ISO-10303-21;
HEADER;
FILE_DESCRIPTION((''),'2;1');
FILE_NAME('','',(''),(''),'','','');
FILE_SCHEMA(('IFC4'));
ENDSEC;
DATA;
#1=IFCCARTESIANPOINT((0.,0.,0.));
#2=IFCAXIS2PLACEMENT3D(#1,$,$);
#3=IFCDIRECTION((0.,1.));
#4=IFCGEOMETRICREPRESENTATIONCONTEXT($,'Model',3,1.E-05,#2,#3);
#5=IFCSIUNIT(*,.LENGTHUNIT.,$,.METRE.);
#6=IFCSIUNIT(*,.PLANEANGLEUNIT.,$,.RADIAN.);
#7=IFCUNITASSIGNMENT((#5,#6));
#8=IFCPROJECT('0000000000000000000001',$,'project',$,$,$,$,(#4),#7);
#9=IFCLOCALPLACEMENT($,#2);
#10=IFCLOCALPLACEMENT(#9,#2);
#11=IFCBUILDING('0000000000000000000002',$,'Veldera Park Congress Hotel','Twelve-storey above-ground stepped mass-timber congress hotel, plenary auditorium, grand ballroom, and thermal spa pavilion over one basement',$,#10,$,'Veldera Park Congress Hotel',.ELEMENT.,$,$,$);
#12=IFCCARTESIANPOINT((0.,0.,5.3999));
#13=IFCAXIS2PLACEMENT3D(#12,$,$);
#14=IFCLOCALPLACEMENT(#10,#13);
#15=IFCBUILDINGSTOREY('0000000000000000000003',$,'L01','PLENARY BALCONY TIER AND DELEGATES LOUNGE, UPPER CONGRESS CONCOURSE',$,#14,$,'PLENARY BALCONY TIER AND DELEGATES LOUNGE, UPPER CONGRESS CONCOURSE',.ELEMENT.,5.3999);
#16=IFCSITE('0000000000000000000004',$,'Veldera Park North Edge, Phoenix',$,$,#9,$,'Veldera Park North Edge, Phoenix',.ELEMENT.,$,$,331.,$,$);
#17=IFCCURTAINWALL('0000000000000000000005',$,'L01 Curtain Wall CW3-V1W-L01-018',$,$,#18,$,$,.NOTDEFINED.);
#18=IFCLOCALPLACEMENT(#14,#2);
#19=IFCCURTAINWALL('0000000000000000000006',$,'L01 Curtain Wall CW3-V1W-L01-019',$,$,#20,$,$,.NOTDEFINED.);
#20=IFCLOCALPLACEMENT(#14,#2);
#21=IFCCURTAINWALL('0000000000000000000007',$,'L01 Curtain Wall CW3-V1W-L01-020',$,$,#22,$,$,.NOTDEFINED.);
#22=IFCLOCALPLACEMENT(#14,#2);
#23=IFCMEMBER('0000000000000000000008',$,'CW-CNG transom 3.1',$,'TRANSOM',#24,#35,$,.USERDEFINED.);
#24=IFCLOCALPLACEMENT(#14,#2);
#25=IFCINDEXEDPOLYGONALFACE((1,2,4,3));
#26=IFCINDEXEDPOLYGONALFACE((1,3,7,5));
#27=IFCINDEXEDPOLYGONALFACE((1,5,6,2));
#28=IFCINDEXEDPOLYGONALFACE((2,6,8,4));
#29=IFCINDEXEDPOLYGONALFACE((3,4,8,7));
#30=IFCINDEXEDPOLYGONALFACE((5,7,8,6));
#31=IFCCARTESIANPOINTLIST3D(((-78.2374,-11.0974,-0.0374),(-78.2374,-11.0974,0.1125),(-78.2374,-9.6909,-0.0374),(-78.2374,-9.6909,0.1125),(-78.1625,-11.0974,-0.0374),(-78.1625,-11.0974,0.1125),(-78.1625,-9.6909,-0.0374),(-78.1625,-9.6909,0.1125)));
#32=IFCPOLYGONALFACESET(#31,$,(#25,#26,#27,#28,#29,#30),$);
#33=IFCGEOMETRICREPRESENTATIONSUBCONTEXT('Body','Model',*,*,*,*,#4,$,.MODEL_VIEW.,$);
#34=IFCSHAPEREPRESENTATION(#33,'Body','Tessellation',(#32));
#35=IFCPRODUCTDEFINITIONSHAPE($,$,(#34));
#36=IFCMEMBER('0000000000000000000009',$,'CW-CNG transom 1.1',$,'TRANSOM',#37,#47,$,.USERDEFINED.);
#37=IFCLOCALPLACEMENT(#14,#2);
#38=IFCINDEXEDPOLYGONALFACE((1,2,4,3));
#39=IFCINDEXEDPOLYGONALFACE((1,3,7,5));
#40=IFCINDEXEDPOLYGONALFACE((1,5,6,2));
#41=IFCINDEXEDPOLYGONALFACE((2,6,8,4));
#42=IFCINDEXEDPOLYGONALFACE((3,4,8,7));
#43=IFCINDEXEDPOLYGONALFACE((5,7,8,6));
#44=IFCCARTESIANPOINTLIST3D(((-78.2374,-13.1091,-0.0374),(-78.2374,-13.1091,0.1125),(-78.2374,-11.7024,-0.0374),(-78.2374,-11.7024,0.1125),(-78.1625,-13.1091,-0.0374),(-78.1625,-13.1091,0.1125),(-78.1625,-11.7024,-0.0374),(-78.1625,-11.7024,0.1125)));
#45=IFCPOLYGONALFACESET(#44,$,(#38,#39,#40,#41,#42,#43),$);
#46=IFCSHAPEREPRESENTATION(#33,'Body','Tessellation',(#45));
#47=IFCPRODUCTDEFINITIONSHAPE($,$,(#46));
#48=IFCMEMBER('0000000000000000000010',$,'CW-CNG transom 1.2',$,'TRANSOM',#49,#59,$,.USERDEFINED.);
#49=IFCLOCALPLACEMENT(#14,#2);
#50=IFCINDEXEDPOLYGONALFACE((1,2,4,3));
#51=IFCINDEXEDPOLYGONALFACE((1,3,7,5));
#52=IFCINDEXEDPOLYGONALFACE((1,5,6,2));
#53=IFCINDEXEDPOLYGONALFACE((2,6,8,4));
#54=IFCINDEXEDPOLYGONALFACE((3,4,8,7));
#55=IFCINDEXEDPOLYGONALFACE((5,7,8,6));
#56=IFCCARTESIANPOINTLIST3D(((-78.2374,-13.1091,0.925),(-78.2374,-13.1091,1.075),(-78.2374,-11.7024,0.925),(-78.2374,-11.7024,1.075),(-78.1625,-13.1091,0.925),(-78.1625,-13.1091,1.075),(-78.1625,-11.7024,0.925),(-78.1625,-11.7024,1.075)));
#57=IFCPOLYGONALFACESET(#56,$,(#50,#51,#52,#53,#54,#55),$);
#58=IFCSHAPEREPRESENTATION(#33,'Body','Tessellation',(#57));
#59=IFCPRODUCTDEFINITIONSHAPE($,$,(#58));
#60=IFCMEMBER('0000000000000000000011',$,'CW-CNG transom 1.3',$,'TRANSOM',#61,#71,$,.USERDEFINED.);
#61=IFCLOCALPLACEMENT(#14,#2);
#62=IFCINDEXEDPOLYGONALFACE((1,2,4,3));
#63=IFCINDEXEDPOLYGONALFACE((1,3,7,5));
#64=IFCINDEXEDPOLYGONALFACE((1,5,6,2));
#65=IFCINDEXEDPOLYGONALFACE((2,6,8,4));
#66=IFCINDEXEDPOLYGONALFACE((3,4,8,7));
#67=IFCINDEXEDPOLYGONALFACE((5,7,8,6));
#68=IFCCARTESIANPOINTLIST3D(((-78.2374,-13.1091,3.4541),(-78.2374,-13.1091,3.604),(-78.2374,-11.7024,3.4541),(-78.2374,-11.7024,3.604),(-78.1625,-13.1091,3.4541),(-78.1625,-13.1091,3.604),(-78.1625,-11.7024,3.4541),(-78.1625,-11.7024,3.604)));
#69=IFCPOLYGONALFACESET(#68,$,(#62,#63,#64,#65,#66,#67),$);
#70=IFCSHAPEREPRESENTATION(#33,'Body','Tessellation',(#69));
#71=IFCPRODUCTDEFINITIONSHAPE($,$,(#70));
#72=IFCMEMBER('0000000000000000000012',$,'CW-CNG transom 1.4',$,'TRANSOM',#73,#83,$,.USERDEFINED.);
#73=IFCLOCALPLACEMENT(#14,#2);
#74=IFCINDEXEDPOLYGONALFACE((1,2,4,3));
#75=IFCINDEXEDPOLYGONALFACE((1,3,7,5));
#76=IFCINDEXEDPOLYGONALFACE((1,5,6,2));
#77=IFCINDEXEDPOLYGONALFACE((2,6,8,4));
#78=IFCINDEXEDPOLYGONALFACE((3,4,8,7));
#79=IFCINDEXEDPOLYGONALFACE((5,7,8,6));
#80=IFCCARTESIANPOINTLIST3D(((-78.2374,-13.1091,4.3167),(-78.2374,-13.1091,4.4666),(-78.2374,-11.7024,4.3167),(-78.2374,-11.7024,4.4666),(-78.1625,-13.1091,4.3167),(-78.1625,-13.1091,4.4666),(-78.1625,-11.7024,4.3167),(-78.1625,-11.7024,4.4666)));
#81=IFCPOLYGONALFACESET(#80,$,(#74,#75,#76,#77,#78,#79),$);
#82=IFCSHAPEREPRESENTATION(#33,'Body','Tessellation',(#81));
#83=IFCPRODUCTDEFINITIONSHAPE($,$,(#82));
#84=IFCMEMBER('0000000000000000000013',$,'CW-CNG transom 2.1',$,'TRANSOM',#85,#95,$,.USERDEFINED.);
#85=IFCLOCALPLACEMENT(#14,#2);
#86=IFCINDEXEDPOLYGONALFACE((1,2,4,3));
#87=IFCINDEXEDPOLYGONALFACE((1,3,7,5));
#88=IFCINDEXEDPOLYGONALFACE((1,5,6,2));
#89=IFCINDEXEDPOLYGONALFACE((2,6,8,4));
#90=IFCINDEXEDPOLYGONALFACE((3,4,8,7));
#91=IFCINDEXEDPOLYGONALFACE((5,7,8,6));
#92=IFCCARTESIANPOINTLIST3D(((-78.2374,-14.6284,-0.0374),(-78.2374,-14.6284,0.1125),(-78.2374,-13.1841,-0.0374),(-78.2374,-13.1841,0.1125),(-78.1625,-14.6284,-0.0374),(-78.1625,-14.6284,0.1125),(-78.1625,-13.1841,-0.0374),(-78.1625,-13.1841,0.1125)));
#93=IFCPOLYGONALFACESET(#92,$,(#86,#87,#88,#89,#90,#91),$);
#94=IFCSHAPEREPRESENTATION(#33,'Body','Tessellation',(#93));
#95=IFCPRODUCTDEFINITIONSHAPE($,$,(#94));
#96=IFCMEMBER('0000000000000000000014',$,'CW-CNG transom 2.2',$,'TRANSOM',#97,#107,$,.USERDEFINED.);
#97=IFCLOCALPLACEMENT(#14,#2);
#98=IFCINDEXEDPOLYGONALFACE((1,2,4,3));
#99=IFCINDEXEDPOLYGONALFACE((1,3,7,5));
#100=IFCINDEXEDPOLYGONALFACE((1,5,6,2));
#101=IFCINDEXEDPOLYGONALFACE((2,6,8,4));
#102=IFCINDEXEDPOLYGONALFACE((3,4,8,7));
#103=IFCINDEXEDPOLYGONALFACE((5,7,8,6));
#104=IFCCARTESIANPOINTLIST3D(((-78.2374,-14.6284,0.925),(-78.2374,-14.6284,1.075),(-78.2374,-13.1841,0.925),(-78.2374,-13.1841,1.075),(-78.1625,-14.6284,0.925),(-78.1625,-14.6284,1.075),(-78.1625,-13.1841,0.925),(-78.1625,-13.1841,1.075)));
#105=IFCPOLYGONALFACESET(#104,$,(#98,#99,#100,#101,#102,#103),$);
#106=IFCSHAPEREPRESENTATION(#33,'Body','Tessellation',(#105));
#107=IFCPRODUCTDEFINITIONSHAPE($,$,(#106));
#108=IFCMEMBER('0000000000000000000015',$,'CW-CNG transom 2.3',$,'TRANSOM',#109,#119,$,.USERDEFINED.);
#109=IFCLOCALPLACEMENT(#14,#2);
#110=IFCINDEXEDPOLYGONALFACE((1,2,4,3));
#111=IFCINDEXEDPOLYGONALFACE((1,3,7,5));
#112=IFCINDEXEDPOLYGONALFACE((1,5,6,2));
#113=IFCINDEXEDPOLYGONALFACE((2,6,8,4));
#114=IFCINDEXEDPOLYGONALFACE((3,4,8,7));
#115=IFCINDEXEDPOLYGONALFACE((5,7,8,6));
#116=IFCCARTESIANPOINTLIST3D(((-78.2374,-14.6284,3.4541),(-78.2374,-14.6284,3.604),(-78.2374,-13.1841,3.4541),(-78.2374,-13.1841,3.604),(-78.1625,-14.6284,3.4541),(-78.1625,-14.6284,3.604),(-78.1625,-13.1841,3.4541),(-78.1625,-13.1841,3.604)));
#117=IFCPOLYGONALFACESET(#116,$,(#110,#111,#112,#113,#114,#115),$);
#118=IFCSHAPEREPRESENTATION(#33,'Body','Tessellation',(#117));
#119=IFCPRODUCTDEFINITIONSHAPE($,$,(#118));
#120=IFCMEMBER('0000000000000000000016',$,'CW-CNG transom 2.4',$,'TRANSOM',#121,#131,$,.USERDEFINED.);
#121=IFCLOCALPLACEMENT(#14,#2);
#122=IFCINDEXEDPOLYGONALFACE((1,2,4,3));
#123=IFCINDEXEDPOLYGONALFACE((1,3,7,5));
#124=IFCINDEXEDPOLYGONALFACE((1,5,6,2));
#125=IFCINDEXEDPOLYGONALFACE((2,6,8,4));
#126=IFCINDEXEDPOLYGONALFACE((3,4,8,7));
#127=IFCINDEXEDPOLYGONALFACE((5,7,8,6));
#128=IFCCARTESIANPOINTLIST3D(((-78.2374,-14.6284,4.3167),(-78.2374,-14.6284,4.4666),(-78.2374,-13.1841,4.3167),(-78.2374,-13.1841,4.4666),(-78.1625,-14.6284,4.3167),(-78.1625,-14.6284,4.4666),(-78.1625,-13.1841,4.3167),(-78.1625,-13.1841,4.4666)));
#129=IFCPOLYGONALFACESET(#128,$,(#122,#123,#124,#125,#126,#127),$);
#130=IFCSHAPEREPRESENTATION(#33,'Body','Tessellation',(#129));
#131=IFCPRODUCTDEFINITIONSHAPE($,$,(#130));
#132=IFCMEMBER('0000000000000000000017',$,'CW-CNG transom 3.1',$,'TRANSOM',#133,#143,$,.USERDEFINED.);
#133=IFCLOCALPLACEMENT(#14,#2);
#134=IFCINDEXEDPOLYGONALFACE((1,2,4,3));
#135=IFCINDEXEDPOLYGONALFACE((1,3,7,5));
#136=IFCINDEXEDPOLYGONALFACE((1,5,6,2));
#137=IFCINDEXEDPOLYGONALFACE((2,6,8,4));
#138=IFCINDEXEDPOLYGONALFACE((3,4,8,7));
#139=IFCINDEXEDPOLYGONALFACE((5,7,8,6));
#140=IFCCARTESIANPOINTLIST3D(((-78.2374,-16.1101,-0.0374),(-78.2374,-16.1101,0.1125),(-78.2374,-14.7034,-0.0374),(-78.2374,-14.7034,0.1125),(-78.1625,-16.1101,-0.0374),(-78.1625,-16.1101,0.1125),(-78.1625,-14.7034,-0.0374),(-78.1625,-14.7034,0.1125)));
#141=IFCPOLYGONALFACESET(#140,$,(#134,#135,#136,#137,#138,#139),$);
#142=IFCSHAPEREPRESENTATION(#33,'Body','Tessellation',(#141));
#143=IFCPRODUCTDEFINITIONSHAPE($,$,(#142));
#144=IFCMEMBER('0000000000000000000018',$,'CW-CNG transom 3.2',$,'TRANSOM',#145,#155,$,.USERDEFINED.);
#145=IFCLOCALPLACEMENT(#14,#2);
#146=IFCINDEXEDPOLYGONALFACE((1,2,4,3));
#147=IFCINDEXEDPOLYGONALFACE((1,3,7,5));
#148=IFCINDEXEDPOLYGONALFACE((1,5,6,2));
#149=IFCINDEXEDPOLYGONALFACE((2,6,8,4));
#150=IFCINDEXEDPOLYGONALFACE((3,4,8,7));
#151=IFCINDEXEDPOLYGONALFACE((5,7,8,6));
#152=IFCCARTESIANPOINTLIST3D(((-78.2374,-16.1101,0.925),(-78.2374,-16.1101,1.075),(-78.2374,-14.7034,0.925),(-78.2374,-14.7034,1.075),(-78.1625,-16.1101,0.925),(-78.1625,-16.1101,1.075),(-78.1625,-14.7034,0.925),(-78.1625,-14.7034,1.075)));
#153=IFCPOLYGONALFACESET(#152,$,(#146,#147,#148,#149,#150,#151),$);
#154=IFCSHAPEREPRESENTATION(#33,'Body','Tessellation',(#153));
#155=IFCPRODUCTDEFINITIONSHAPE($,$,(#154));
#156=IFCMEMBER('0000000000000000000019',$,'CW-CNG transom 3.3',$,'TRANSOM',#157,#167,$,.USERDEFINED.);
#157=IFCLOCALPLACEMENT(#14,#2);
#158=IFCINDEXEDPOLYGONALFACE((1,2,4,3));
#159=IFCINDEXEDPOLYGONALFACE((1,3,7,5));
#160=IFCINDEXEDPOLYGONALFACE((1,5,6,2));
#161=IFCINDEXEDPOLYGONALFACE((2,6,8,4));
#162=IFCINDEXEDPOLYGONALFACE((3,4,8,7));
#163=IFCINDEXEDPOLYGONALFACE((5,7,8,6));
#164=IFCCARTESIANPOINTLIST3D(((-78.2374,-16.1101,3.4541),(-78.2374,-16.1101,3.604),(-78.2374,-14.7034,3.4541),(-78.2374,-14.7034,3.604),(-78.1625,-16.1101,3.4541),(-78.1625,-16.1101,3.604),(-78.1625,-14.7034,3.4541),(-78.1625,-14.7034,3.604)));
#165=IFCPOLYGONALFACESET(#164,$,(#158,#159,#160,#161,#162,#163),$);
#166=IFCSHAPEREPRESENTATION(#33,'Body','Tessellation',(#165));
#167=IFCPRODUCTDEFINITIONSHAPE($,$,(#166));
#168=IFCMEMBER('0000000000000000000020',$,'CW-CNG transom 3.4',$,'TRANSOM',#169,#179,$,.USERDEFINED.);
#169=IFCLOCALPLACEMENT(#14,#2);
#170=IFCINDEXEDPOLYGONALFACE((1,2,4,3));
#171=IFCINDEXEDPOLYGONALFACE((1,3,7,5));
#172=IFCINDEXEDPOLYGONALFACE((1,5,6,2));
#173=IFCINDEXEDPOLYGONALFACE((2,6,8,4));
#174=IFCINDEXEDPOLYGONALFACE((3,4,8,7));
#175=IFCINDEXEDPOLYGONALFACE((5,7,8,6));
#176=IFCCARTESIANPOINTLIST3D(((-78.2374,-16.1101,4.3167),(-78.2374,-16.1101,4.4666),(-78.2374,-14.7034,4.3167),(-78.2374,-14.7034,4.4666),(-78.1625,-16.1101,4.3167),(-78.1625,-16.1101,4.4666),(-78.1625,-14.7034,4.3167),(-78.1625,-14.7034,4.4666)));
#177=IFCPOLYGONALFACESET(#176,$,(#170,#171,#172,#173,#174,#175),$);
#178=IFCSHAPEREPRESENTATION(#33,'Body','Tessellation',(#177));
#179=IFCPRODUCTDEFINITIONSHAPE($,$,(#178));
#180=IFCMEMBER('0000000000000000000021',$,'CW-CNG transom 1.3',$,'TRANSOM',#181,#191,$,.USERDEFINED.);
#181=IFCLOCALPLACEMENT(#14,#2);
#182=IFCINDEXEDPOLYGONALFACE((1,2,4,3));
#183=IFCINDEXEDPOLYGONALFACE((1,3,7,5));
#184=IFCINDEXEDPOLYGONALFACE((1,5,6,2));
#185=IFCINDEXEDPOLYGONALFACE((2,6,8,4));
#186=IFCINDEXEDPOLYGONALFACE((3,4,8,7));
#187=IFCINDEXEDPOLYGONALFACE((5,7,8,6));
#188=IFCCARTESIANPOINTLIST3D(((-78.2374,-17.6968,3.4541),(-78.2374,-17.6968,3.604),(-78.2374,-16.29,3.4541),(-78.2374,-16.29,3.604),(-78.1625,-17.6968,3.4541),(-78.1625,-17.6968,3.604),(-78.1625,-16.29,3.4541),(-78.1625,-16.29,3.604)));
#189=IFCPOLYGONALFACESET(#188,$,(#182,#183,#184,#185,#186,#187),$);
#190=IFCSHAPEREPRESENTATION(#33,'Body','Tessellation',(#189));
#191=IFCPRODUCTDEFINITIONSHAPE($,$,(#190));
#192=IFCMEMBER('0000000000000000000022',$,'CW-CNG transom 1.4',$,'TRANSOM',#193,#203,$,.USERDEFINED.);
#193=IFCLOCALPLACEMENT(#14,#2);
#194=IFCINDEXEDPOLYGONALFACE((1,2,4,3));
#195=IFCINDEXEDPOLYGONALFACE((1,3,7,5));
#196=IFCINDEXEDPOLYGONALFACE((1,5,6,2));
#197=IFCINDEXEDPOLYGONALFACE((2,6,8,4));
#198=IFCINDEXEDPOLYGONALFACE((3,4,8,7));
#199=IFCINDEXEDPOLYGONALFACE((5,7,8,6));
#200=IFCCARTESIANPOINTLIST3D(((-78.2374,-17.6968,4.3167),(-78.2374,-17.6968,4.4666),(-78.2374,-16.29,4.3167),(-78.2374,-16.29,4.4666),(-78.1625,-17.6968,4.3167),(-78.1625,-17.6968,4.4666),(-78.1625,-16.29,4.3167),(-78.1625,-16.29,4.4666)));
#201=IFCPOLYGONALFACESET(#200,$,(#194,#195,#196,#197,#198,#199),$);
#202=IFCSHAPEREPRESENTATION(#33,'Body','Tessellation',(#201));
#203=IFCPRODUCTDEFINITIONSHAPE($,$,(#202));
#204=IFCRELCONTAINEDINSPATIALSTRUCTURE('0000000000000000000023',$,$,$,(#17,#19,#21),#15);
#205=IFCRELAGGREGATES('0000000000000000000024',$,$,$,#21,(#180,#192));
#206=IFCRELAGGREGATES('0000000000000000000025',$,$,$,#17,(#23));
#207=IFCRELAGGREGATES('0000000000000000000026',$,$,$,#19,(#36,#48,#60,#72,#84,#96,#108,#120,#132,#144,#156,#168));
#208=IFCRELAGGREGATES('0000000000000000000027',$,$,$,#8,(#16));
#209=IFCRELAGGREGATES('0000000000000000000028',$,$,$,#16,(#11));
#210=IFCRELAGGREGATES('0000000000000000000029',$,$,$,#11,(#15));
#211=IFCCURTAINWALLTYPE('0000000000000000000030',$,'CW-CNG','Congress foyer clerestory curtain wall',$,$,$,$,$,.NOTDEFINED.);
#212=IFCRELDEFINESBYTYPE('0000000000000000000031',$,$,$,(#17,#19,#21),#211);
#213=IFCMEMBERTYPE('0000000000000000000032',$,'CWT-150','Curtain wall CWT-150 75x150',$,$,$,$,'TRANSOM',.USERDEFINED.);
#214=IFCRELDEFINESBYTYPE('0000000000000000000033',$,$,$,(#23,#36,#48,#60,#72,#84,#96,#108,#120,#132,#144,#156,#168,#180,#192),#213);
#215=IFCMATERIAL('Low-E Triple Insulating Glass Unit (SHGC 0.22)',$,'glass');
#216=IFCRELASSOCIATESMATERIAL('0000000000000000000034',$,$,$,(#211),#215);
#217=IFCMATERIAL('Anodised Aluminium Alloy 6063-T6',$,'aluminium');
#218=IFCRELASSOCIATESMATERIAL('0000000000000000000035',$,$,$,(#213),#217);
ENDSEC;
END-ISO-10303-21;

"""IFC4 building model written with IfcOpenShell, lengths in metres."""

from ifc_helpers import new_model, si_unit, direction, frame, origin, origin_2d, place, context, subcontext, project, spatial, rectangle, extrude, material, material_profile, profile_set, type_object, element, aggregate, save


model = new_model("IFC4")

# Units and contexts
model_context = context("Model", 3, precision=1e-05, world=origin(), true_north=direction((0.0, 1.0)))
body_context = subcontext(model_context, "Body", "Model", "MODEL_VIEW")
ifc_project = project(units=[si_unit("LENGTHUNIT", "METRE"), si_unit("PLANEANGLEUNIT", "RADIAN")], contexts=[model_context])

# Site, building, storey
site_placement = place(None, origin())
site = spatial("IfcSite", under=ifc_project, at=site_placement, Name="Veldera Park North Edge, Phoenix", LongName="Veldera Park North Edge, Phoenix", CompositionType="ELEMENT", RefElevation=331.0)
building_placement = place(site_placement, origin())
building = spatial("IfcBuilding", under=site, at=building_placement, Name="Veldera Park Congress Hotel", Description="Twelve-storey above-ground stepped mass-timber congress hotel, plenary auditorium, grand ballroom, and thermal spa pavilion over one basement", LongName="Veldera Park Congress Hotel", CompositionType="ELEMENT")
storey_placement = place(building_placement, frame((0.0, 0.0, 5.3999)))
storey = spatial("IfcBuildingStorey", under=building, at=storey_placement, Name="L01", Description="PLENARY BALCONY TIER AND DELEGATES LOUNGE, UPPER CONGRESS CONCOURSE", LongName="PLENARY BALCONY TIER AND DELEGATES LOUNGE, UPPER CONGRESS CONCOURSE", CompositionType="ELEMENT", Elevation=5.3999)

# Curtain wall
ifc_material_1 = material(Name="Low-E Triple Insulating Glass Unit (SHGC 0.22)", Category="glass")
curtain_wall_type = type_object("IfcCurtainWallType", Name="CW-CNG", Description="Congress foyer clerestory curtain wall", PredefinedType="NOTDEFINED", material=ifc_material_1)
curtain_wall_1_placement = place(storey_placement, origin())
curtain_wall_1 = element("IfcCurtainWall", 1, at=curtain_wall_1_placement, inside=storey, type_object=curtain_wall_type, Name="L01 Curtain Wall CW3-V1W-L01-018", PredefinedType="NOTDEFINED")
ifc_material_2 = material(Name="Anodised Aluminium Alloy 6063-T6", Category="aluminium")

# Curtain wall
curtain_wall_2_placement = place(storey_placement, origin())
curtain_wall_2 = element("IfcCurtainWall", 2, at=curtain_wall_2_placement, inside=storey, type_object=curtain_wall_type, Name="L01 Curtain Wall CW3-V1W-L01-019", PredefinedType="NOTDEFINED")

# Curtain wall
curtain_wall_3_placement = place(storey_placement, origin())
curtain_wall_3 = element("IfcCurtainWall", 3, at=curtain_wall_3_placement, inside=storey, type_object=curtain_wall_type, Name="L01 Curtain Wall CW3-V1W-L01-020", PredefinedType="NOTDEFINED")

# Members
ifc_material_profile_1 = material_profile(ifc_material_2, rectangle(XDim=0.075, YDim=0.1499, at=origin_2d()), Name="ALU 75x150")
ifc_profile_set_1 = profile_set([ifc_material_profile_1], Name="Anodised Aluminium Alloy 6063-T6")
member_type_1 = type_object("IfcMemberType", Name="CWT-150", Description="Curtain wall CWT-150 75x150", ElementType="TRANSOM", PredefinedType="USERDEFINED", material=ifc_profile_set_1)
member_1_placement = place(storey_placement, frame((-78.2, -9.6909, 0.0376), z_axis=(0.0, -1.0, 0.0), x_axis=(1.0, 0.0, 0.0)))
member_1 = element("IfcMember", 4, at=member_1_placement, type_object=member_type_1, Name="CW-CNG transom 3.1", ObjectType="TRANSOM", PredefinedType="USERDEFINED", context=body_context, shape_type="SweptSolid", body=[
    extrude(rectangle(XDim=0.075, YDim=0.1499, at=origin_2d()), origin(), (0.0, 0.0, 1.0), 1.4065),
])
member_2_placement = place(storey_placement, frame((-78.2, -11.7024, 0.0376), z_axis=(0.0, -1.0, 0.0), x_axis=(1.0, 0.0, 0.0)))
member_2 = element("IfcMember", 5, at=member_2_placement, type_object=member_type_1, Name="CW-CNG transom 1.1", ObjectType="TRANSOM", PredefinedType="USERDEFINED", context=body_context, shape_type="SweptSolid", body=[
    extrude(rectangle(XDim=0.075, YDim=0.1499, at=origin_2d()), origin(), (0.0, 0.0, 1.0), 1.4067),
])
member_3_placement = place(storey_placement, frame((-78.2, -11.7024, 1.0), z_axis=(0.0, -1.0, 0.0), x_axis=(1.0, 0.0, 0.0)))
member_3 = element("IfcMember", 6, at=member_3_placement, type_object=member_type_1, Name="CW-CNG transom 1.2", ObjectType="TRANSOM", PredefinedType="USERDEFINED", context=body_context, shape_type="SweptSolid", body=[
    extrude(rectangle(XDim=0.075, YDim=0.1499, at=origin_2d()), origin(), (0.0, 0.0, 1.0), 1.4067),
])
member_4_placement = place(storey_placement, frame((-78.2, -11.7024, 3.5291), z_axis=(0.0, -1.0, 0.0), x_axis=(1.0, 0.0, 0.0)))
member_4 = element("IfcMember", 7, at=member_4_placement, type_object=member_type_1, Name="CW-CNG transom 1.3", ObjectType="TRANSOM", PredefinedType="USERDEFINED", context=body_context, shape_type="SweptSolid", body=[
    extrude(rectangle(XDim=0.075, YDim=0.1499, at=origin_2d()), origin(), (0.0, 0.0, 1.0), 1.4067),
])
member_5_placement = place(storey_placement, frame((-78.2, -11.7024, 4.3916), z_axis=(0.0, -1.0, 0.0), x_axis=(1.0, 0.0, 0.0)))
member_5 = element("IfcMember", 8, at=member_5_placement, type_object=member_type_1, Name="CW-CNG transom 1.4", ObjectType="TRANSOM", PredefinedType="USERDEFINED", context=body_context, shape_type="SweptSolid", body=[
    extrude(rectangle(XDim=0.075, YDim=0.1499, at=origin_2d()), origin(), (0.0, 0.0, 1.0), 1.4067),
])
member_6_placement = place(storey_placement, frame((-78.2, -13.1841, 0.0376), z_axis=(0.0, -1.0, 0.0), x_axis=(1.0, 0.0, 0.0)))
member_6 = element("IfcMember", 9, at=member_6_placement, type_object=member_type_1, Name="CW-CNG transom 2.1", ObjectType="TRANSOM", PredefinedType="USERDEFINED", context=body_context, shape_type="SweptSolid", body=[
    extrude(rectangle(XDim=0.075, YDim=0.1499, at=origin_2d()), origin(), (0.0, 0.0, 1.0), 1.4443),
])
member_7_placement = place(storey_placement, frame((-78.2, -13.1841, 1.0), z_axis=(0.0, -1.0, 0.0), x_axis=(1.0, 0.0, 0.0)))
member_7 = element("IfcMember", 10, at=member_7_placement, type_object=member_type_1, Name="CW-CNG transom 2.2", ObjectType="TRANSOM", PredefinedType="USERDEFINED", context=body_context, shape_type="SweptSolid", body=[
    extrude(rectangle(XDim=0.075, YDim=0.1499, at=origin_2d()), origin(), (0.0, 0.0, 1.0), 1.4443),
])
member_8_placement = place(storey_placement, frame((-78.2, -13.1841, 3.5291), z_axis=(0.0, -1.0, 0.0), x_axis=(1.0, 0.0, 0.0)))
member_8 = element("IfcMember", 11, at=member_8_placement, type_object=member_type_1, Name="CW-CNG transom 2.3", ObjectType="TRANSOM", PredefinedType="USERDEFINED", context=body_context, shape_type="SweptSolid", body=[
    extrude(rectangle(XDim=0.075, YDim=0.1499, at=origin_2d()), origin(), (0.0, 0.0, 1.0), 1.4443),
])
member_9_placement = place(storey_placement, frame((-78.2, -13.1841, 4.3916), z_axis=(0.0, -1.0, 0.0), x_axis=(1.0, 0.0, 0.0)))
member_9 = element("IfcMember", 12, at=member_9_placement, type_object=member_type_1, Name="CW-CNG transom 2.4", ObjectType="TRANSOM", PredefinedType="USERDEFINED", context=body_context, shape_type="SweptSolid", body=[
    extrude(rectangle(XDim=0.075, YDim=0.1499, at=origin_2d()), origin(), (0.0, 0.0, 1.0), 1.4443),
])
member_10_placement = place(storey_placement, frame((-78.2, -14.7034, 0.0376), z_axis=(0.0, -1.0, 0.0), x_axis=(1.0, 0.0, 0.0)))
member_10 = element("IfcMember", 13, at=member_10_placement, type_object=member_type_1, Name="CW-CNG transom 3.1", ObjectType="TRANSOM", PredefinedType="USERDEFINED", context=body_context, shape_type="SweptSolid", body=[
    extrude(rectangle(XDim=0.075, YDim=0.1499, at=origin_2d()), origin(), (0.0, 0.0, 1.0), 1.4067),
])
member_11_placement = place(storey_placement, frame((-78.2, -14.7034, 1.0), z_axis=(0.0, -1.0, 0.0), x_axis=(1.0, 0.0, 0.0)))
member_11 = element("IfcMember", 14, at=member_11_placement, type_object=member_type_1, Name="CW-CNG transom 3.2", ObjectType="TRANSOM", PredefinedType="USERDEFINED", context=body_context, shape_type="SweptSolid", body=[
    extrude(rectangle(XDim=0.075, YDim=0.1499, at=origin_2d()), origin(), (0.0, 0.0, 1.0), 1.4067),
])
member_12_placement = place(storey_placement, frame((-78.2, -14.7034, 3.5291), z_axis=(0.0, -1.0, 0.0), x_axis=(1.0, 0.0, 0.0)))
member_12 = element("IfcMember", 15, at=member_12_placement, type_object=member_type_1, Name="CW-CNG transom 3.3", ObjectType="TRANSOM", PredefinedType="USERDEFINED", context=body_context, shape_type="SweptSolid", body=[
    extrude(rectangle(XDim=0.075, YDim=0.1499, at=origin_2d()), origin(), (0.0, 0.0, 1.0), 1.4067),
])
member_13_placement = place(storey_placement, frame((-78.2, -14.7034, 4.3916), z_axis=(0.0, -1.0, 0.0), x_axis=(1.0, 0.0, 0.0)))
member_13 = element("IfcMember", 16, at=member_13_placement, type_object=member_type_1, Name="CW-CNG transom 3.4", ObjectType="TRANSOM", PredefinedType="USERDEFINED", context=body_context, shape_type="SweptSolid", body=[
    extrude(rectangle(XDim=0.075, YDim=0.1499, at=origin_2d()), origin(), (0.0, 0.0, 1.0), 1.4067),
])
member_14_placement = place(storey_placement, frame((-78.2, -16.29, 3.5291), z_axis=(0.0, -1.0, 0.0), x_axis=(1.0, 0.0, 0.0)))
member_14 = element("IfcMember", 17, at=member_14_placement, type_object=member_type_1, Name="CW-CNG transom 1.3", ObjectType="TRANSOM", PredefinedType="USERDEFINED", context=body_context, shape_type="SweptSolid", body=[
    extrude(rectangle(XDim=0.075, YDim=0.1499, at=origin_2d()), origin(), (0.0, 0.0, 1.0), 1.4067),
])
member_15_placement = place(storey_placement, frame((-78.2, -16.29, 4.3916), z_axis=(0.0, -1.0, 0.0), x_axis=(1.0, 0.0, 0.0)))
member_15 = element("IfcMember", 18, at=member_15_placement, type_object=member_type_1, Name="CW-CNG transom 1.4", ObjectType="TRANSOM", PredefinedType="USERDEFINED", context=body_context, shape_type="SweptSolid", body=[
    extrude(rectangle(XDim=0.075, YDim=0.1499, at=origin_2d()), origin(), (0.0, 0.0, 1.0), 1.4067),
])
aggregate(curtain_wall_3, [member_14, member_15])

aggregate(curtain_wall_1, [member_1])
aggregate(curtain_wall_2, [member_2, member_3, member_4, member_5, member_6, member_7, member_8, member_9, member_10, member_11, member_12, member_13])

save(model, "model.ifc")
